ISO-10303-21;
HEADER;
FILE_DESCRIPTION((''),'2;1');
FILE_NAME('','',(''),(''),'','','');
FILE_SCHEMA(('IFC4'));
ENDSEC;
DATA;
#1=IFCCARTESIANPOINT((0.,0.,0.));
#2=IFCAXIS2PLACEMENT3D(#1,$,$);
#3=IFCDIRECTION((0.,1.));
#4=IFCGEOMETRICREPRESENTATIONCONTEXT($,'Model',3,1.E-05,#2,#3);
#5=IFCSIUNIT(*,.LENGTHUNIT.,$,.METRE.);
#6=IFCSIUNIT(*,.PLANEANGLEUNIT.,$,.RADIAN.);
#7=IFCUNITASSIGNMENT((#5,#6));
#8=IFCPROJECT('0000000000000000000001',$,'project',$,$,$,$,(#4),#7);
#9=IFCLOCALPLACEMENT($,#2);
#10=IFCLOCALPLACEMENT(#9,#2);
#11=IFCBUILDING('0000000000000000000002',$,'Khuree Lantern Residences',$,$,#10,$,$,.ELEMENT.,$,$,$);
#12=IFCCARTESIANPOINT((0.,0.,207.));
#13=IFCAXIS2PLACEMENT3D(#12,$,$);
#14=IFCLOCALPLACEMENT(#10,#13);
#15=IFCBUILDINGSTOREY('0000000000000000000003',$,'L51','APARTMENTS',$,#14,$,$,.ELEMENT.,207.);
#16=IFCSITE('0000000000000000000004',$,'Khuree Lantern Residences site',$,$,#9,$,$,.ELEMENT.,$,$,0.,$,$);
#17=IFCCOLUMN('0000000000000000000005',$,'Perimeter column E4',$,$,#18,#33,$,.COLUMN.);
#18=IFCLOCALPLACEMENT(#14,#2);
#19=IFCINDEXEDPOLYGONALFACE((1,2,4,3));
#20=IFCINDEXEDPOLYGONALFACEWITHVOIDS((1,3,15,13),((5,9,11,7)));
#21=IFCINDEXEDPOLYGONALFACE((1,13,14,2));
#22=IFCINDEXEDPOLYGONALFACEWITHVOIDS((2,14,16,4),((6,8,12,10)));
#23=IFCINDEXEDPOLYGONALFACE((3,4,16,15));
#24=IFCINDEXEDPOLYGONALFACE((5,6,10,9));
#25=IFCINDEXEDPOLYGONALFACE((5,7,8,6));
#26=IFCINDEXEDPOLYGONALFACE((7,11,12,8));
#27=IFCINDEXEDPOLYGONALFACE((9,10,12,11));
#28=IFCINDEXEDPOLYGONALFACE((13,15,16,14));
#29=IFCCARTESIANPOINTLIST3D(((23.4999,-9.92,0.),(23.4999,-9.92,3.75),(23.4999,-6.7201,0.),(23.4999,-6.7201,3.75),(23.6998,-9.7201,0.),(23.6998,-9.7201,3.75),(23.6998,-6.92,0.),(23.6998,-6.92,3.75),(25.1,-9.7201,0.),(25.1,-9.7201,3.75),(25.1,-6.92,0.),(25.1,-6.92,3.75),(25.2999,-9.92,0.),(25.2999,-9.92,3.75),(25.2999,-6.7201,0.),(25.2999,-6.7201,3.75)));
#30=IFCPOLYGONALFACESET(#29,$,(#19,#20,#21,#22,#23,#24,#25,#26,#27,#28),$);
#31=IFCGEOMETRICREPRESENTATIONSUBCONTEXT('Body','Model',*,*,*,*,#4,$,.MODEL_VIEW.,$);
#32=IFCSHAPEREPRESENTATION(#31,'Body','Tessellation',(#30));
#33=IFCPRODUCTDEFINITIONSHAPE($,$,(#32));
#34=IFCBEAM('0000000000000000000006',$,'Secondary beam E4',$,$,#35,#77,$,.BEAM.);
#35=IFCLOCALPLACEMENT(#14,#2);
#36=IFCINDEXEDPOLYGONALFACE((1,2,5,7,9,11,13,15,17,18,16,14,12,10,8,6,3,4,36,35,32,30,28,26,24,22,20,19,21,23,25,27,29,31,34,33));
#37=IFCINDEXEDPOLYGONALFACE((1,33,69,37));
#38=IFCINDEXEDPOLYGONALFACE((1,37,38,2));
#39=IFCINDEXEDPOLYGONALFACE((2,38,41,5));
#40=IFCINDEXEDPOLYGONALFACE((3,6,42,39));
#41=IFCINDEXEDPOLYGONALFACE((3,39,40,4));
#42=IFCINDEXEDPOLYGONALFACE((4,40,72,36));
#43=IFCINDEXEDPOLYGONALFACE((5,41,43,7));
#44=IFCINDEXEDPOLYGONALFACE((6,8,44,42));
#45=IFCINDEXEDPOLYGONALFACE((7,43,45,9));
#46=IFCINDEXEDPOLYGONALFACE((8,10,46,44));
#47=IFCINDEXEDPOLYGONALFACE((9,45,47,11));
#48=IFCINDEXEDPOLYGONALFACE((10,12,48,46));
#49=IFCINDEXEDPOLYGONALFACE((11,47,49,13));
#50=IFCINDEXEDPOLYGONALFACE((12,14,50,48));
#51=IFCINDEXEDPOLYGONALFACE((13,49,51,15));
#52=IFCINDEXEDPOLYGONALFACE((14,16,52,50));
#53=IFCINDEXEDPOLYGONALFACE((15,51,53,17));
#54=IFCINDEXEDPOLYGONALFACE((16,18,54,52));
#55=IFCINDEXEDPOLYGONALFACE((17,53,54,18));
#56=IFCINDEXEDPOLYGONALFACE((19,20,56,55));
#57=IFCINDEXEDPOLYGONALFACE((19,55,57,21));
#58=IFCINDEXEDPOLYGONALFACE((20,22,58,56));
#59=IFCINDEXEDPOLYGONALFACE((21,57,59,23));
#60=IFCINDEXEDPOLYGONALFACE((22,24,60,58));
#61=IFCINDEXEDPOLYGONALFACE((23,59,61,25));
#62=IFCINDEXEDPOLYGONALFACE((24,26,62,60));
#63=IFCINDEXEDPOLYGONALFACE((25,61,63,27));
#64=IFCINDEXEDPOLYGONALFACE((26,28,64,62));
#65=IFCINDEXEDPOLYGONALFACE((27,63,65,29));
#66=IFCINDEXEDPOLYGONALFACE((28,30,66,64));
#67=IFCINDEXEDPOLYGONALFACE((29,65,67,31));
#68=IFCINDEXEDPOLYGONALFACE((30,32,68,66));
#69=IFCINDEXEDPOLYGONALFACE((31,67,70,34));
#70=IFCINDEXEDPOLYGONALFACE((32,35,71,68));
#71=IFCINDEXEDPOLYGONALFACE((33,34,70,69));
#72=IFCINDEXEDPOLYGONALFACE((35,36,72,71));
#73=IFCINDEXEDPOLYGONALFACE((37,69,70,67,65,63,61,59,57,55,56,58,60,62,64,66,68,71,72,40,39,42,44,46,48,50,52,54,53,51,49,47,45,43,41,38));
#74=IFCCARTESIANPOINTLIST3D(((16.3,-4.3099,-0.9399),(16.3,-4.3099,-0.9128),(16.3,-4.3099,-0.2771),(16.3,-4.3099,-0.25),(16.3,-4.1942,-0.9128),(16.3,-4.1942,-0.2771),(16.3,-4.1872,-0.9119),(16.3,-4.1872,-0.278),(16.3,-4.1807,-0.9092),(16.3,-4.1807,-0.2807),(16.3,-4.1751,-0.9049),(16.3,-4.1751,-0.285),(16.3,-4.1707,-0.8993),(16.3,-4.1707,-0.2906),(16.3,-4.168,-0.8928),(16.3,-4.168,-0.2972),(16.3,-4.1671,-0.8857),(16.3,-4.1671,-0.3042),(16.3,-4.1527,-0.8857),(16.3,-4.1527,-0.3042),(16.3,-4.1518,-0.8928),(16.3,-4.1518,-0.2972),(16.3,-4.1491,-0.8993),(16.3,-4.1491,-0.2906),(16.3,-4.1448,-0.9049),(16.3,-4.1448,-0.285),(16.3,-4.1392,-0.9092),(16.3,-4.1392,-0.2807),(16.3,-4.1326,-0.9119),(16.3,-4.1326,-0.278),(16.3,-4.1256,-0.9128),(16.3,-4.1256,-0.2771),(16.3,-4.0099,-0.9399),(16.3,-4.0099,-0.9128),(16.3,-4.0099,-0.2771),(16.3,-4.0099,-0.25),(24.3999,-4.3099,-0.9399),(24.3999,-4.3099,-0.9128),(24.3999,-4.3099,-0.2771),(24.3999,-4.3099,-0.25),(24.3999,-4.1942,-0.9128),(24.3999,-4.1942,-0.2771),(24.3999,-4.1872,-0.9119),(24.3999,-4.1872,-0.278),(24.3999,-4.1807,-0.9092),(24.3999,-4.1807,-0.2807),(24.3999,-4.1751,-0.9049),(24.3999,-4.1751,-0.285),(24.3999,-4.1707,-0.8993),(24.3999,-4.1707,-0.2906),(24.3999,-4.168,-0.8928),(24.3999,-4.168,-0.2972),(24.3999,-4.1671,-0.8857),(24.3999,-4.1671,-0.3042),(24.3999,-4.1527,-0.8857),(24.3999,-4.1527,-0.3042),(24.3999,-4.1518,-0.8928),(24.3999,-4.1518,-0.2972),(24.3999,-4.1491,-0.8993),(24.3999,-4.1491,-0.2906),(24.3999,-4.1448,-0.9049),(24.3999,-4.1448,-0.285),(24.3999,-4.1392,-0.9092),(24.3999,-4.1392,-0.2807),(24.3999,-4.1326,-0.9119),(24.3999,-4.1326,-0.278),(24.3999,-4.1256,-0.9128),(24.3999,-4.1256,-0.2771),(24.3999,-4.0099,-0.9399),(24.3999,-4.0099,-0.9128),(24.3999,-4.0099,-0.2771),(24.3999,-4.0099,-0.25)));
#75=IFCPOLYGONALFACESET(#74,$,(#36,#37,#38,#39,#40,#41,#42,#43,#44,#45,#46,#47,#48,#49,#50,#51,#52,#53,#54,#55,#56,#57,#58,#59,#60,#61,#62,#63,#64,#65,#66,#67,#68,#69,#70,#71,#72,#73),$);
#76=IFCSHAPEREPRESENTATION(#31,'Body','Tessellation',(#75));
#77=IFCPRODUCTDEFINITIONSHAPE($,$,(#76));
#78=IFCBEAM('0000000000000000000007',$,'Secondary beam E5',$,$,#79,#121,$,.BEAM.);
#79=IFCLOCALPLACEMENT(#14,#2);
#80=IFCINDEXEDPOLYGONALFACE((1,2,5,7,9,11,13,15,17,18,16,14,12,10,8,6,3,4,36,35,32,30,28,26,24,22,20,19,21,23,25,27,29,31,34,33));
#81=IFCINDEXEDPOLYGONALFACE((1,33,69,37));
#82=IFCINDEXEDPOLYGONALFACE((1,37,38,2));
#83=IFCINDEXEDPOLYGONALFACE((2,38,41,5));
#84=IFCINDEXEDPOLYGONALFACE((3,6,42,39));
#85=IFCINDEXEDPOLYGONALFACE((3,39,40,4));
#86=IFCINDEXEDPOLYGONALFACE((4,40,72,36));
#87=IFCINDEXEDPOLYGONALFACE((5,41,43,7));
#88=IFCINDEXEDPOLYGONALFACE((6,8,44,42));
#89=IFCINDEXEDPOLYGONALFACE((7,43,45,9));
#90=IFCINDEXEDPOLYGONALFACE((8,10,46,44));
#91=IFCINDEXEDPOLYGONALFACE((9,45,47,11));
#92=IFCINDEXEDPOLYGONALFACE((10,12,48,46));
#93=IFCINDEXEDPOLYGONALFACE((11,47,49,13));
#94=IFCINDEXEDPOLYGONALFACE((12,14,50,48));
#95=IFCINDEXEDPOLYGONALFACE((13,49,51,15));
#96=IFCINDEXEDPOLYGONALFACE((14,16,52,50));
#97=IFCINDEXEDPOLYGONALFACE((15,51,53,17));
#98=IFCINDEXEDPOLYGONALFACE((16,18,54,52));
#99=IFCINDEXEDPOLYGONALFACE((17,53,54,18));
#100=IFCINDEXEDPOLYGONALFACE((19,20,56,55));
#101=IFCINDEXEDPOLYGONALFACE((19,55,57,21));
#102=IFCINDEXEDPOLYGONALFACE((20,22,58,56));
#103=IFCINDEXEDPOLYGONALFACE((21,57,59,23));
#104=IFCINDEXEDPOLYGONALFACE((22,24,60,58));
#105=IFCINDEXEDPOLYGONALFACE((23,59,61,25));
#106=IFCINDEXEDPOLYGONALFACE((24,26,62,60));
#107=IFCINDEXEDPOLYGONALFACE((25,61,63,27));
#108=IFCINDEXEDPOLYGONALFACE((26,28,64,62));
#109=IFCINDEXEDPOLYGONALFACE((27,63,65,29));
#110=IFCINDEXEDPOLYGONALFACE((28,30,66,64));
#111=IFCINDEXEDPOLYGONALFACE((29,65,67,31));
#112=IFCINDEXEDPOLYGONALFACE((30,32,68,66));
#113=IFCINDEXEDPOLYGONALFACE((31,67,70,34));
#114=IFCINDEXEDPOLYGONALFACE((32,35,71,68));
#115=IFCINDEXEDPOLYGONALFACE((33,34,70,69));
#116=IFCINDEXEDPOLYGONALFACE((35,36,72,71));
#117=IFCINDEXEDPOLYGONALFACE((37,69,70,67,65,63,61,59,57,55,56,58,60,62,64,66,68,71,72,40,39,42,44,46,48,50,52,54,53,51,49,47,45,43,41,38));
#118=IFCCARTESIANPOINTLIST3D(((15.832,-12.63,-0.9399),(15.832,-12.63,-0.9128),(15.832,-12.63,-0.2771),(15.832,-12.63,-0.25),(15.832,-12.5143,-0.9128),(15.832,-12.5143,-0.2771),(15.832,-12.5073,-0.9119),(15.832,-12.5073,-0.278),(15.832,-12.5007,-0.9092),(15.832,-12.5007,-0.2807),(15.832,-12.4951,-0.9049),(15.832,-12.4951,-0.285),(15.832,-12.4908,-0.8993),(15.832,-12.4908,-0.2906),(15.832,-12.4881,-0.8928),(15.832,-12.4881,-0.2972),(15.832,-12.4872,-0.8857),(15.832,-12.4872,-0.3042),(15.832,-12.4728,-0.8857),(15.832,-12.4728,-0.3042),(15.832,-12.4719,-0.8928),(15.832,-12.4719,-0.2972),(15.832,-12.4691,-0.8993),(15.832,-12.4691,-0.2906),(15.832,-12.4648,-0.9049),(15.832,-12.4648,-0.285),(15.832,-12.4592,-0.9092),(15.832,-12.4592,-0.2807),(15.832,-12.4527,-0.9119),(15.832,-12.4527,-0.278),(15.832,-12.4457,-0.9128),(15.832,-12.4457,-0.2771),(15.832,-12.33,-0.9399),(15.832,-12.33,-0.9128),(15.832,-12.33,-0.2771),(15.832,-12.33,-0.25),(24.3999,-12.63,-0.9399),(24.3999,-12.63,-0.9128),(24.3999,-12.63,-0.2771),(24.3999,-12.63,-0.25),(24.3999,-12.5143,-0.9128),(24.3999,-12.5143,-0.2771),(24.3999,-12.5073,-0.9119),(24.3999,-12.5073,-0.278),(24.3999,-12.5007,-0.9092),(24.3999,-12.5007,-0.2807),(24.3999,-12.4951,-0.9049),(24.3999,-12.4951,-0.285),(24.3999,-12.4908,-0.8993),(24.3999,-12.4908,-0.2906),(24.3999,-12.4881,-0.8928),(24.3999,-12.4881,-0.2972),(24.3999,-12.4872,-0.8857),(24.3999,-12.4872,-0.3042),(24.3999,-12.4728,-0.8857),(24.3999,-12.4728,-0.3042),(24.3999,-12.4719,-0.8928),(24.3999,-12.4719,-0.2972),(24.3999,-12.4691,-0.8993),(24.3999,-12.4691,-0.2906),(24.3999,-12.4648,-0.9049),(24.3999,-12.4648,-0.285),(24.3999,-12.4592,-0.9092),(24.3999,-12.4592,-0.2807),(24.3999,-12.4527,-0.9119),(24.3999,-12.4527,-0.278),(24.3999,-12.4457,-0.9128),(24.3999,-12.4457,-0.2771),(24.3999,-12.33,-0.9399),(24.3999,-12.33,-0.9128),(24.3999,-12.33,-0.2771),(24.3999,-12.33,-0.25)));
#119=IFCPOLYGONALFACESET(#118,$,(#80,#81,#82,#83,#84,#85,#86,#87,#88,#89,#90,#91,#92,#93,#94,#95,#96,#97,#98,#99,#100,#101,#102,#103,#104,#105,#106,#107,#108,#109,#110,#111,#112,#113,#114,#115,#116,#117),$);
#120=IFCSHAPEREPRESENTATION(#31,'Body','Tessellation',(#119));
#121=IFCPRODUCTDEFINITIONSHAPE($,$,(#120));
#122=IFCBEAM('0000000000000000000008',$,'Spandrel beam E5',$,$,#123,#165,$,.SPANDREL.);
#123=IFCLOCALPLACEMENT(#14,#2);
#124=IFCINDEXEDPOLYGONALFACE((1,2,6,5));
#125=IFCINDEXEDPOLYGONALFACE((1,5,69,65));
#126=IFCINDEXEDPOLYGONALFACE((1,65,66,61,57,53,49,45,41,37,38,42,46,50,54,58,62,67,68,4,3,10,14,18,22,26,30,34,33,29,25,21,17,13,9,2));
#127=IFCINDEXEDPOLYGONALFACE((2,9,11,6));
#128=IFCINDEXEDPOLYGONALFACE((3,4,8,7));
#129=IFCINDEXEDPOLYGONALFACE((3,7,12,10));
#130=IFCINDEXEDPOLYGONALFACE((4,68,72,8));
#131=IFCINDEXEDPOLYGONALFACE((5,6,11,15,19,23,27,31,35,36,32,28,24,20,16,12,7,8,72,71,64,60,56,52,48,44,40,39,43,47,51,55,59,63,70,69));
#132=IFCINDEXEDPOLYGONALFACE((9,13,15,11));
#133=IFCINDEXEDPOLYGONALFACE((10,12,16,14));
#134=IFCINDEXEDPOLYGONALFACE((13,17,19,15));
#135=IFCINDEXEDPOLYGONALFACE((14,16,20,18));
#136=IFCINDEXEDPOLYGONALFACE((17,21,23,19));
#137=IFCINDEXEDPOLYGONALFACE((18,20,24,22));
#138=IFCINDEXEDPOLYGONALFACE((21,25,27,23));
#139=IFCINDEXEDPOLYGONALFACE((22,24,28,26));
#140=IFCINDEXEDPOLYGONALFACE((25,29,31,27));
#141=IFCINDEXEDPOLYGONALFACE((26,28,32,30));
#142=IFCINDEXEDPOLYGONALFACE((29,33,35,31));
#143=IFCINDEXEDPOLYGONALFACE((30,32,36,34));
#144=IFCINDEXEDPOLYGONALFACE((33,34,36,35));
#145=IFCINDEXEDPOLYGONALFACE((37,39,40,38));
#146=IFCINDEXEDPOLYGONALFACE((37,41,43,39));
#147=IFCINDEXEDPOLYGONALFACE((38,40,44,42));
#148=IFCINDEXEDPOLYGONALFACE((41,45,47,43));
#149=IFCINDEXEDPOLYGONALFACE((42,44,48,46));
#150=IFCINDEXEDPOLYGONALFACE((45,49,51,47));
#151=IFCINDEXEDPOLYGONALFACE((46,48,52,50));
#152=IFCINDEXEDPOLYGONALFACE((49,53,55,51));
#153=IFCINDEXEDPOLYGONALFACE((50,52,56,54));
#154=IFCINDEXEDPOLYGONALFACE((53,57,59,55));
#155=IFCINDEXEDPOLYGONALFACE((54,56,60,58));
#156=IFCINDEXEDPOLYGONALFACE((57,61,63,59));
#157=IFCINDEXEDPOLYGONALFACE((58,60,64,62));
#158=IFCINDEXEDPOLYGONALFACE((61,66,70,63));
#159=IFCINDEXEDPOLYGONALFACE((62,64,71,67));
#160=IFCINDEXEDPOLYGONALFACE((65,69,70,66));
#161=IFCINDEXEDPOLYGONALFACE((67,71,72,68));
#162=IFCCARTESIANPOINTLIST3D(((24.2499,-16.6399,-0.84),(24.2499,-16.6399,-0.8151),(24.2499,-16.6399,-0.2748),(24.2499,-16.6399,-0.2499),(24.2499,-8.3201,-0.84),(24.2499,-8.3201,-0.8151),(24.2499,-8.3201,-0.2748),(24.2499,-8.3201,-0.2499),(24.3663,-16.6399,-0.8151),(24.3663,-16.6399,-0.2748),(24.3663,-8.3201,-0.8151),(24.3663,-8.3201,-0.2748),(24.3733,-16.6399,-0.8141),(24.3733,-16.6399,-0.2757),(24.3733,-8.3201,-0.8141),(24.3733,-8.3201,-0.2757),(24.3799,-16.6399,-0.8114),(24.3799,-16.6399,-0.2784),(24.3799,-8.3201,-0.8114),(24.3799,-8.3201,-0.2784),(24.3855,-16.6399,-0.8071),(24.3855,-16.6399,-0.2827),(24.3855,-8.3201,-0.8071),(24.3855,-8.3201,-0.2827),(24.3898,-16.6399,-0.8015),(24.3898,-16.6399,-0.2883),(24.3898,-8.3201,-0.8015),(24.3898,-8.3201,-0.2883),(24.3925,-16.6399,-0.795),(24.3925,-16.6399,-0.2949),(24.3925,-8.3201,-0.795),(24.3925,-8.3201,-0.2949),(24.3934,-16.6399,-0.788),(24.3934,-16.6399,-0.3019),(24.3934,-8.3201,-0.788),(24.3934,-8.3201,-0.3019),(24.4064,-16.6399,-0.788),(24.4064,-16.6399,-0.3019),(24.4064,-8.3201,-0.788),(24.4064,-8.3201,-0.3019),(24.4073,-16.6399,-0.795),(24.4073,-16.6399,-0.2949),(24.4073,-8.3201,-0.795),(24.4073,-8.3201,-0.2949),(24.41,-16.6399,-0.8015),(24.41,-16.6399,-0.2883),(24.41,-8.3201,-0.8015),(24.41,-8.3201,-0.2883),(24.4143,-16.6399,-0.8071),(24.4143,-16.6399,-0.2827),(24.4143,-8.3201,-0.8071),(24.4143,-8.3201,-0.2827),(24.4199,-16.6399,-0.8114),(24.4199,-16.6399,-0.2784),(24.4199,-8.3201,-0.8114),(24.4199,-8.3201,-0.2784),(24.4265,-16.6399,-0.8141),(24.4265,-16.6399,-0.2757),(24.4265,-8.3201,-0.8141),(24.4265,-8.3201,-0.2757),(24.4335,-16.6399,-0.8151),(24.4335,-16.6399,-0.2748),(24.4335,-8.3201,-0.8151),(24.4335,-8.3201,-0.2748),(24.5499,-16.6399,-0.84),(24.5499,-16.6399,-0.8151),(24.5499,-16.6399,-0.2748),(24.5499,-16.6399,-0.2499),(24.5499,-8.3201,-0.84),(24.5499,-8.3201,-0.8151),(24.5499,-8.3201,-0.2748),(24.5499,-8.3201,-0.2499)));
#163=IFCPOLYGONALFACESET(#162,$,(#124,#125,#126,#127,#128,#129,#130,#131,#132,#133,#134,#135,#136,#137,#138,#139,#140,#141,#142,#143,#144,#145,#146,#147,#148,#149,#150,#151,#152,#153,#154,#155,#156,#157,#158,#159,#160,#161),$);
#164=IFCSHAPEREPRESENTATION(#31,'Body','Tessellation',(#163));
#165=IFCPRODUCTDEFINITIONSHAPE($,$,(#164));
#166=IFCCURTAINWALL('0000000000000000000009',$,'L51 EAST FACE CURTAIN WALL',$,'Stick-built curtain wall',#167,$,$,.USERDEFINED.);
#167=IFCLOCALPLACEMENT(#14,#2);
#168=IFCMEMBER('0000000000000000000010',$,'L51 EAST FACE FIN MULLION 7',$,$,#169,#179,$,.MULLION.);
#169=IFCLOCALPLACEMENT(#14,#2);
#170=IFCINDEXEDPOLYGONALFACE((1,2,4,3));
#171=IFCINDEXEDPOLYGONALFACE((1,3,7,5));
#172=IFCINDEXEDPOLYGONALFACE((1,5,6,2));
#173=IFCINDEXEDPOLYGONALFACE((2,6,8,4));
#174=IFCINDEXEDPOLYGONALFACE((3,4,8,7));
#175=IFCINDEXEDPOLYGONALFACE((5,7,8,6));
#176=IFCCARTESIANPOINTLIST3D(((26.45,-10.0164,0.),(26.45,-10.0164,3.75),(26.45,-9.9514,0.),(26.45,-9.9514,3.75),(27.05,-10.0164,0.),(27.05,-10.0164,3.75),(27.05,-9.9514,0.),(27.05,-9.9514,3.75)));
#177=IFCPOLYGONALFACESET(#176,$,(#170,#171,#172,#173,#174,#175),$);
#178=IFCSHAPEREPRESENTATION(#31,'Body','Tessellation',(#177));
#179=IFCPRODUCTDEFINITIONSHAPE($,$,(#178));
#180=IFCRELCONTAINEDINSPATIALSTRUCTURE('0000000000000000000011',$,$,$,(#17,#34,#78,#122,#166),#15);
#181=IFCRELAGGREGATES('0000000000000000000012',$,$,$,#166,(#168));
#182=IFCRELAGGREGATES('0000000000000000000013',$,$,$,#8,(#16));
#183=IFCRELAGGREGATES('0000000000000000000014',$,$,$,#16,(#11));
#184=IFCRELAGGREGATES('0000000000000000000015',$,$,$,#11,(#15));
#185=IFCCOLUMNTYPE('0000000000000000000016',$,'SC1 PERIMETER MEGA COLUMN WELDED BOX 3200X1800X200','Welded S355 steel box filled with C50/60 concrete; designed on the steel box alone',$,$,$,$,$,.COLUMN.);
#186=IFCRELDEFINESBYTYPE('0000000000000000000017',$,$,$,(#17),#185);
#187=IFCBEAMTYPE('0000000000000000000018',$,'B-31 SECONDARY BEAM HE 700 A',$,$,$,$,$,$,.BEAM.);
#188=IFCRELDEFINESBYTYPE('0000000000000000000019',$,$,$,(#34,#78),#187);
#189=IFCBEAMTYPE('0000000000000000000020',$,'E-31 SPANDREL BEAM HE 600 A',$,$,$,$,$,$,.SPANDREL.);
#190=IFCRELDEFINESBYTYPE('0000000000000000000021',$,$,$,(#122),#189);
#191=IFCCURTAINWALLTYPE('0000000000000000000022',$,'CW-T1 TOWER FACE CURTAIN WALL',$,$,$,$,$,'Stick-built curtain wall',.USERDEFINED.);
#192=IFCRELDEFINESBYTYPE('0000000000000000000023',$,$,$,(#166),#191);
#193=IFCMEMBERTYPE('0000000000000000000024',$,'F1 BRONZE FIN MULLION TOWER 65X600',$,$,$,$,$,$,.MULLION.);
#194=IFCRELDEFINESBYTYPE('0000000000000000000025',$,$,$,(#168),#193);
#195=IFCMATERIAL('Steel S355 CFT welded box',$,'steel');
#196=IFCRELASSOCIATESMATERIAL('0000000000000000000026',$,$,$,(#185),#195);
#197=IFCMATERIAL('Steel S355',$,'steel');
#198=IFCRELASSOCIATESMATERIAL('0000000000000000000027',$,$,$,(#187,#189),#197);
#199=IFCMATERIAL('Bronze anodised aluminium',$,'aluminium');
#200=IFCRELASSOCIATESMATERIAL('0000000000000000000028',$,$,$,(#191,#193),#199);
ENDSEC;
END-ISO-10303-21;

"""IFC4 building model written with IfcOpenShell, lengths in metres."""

from ifc_helpers import new_model, si_unit, direction, frame, origin, origin_2d, place, context, subcontext, project, spatial, rectangle, hollow_rectangle, i_section, extrude, material, material_profile, profile_set, type_object, element, aggregate, save


model = new_model("IFC4")

# Units and contexts
model_context = context("Model", 3, precision=1e-05, world=origin(), true_north=direction((0.0, 1.0)))
body_context = subcontext(model_context, "Body", "Model", "MODEL_VIEW")
ifc_project = project(units=[si_unit("LENGTHUNIT", "METRE"), si_unit("PLANEANGLEUNIT", "RADIAN")], contexts=[model_context])

# Site, building, storey
site_placement = place(None, origin())
site = spatial("IfcSite", under=ifc_project, at=site_placement, Name="Khuree Lantern Residences site", CompositionType="ELEMENT", RefElevation=0.0)
building_placement = place(site_placement, origin())
building = spatial("IfcBuilding", under=site, at=building_placement, Name="Khuree Lantern Residences", CompositionType="ELEMENT")
storey_placement = place(building_placement, frame((0.0, 0.0, 207.0)))
storey = spatial("IfcBuildingStorey", under=building, at=storey_placement, Name="L51", Description="APARTMENTS", CompositionType="ELEMENT", Elevation=207.0)

# Column
ifc_material_1 = material(Name="Steel S355 CFT welded box", Category="steel")
ifc_material_profile_1 = material_profile(ifc_material_1, hollow_rectangle(XDim=3.2, YDim=1.8, WallThickness=0.2, at=origin_2d()), Name="WELDED BOX 3200X1800X200")
ifc_profile_set_1 = profile_set([ifc_material_profile_1], Name="Steel S355 CFT welded box")
column_type = type_object("IfcColumnType", Name="SC1 PERIMETER MEGA COLUMN WELDED BOX 3200X1800X200", Description="Welded S355 steel box filled with C50/60 concrete; designed on the steel box alone", PredefinedType="COLUMN", material=ifc_profile_set_1)
column_placement = place(storey_placement, frame((24.3999, -8.3201, 0.0), z_axis=(0.0, 0.0, 1.0), x_axis=(0.0, 1.0, 0.0)))
element("IfcColumn", 1, at=column_placement, inside=storey, type_object=column_type, Name="Perimeter column E4", PredefinedType="COLUMN", context=body_context, shape_type="SweptSolid", body=[
    extrude(hollow_rectangle(XDim=3.2, YDim=1.8, WallThickness=0.2, at=origin_2d()), origin(), (0.0, 0.0, 1.0), 3.75),
])

# Beams
ifc_material_2 = material(Name="Steel S355", Category="steel")
ifc_material_profile_2 = material_profile(ifc_material_2, i_section(OverallWidth=0.3, OverallDepth=0.6899, WebThickness=0.0144, FlangeThickness=0.0271, FilletRadius=0.0271, at=origin_2d()), Name="HE 700 A")
ifc_profile_set_2 = profile_set([ifc_material_profile_2], Name="Steel S355")
beam_type_1 = type_object("IfcBeamType", Name="B-31 SECONDARY BEAM HE 700 A", PredefinedType="BEAM", material=ifc_profile_set_2)
beam_1_placement = place(storey_placement, frame((24.3999, -4.1599, -0.595), z_axis=(-1.0, 0.0, 0.0), x_axis=(0.0, -1.0, 0.0)))
element("IfcBeam", 2, at=beam_1_placement, inside=storey, type_object=beam_type_1, Name="Secondary beam E4", PredefinedType="BEAM", context=body_context, shape_type="SweptSolid", body=[
    extrude(i_section(OverallWidth=0.3, OverallDepth=0.6899, WebThickness=0.0144, FlangeThickness=0.0271, FilletRadius=0.0271, at=origin_2d()), origin(), (0.0, 0.0, 1.0), 8.0999),
])
beam_2_placement = place(storey_placement, frame((24.3999, -12.48, -0.595), z_axis=(-1.0, 0.0, 0.0), x_axis=(0.0, -1.0, 0.0)))
element("IfcBeam", 3, at=beam_2_placement, inside=storey, type_object=beam_type_1, Name="Secondary beam E5", PredefinedType="BEAM", context=body_context, shape_type="SweptSolid", body=[
    extrude(i_section(OverallWidth=0.3, OverallDepth=0.6899, WebThickness=0.0144, FlangeThickness=0.0271, FilletRadius=0.0271, at=origin_2d()), origin(), (0.0, 0.0, 1.0), 8.5679),
])
ifc_material_profile_3 = material_profile(ifc_material_2, i_section(OverallWidth=0.3, OverallDepth=0.5901, WebThickness=0.0129, FlangeThickness=0.0249, FilletRadius=0.0271, at=origin_2d()), Name="HE 600 A")
ifc_profile_set_3 = profile_set([ifc_material_profile_3], Name="Steel S355")
beam_type_2 = type_object("IfcBeamType", Name="E-31 SPANDREL BEAM HE 600 A", PredefinedType="SPANDREL", material=ifc_profile_set_3)
beam_3_placement = place(storey_placement, frame((24.3999, -8.3201, -0.5449), z_axis=(0.0, -1.0, 0.0), x_axis=(1.0, 0.0, 0.0)))
element("IfcBeam", 4, at=beam_3_placement, inside=storey, type_object=beam_type_2, Name="Spandrel beam E5", PredefinedType="SPANDREL", context=body_context, shape_type="SweptSolid", body=[
    extrude(i_section(OverallWidth=0.3, OverallDepth=0.5901, WebThickness=0.0129, FlangeThickness=0.0249, FilletRadius=0.0271, at=origin_2d()), origin(), (0.0, 0.0, 1.0), 8.3198),
])

# Curtain wall, member
ifc_material_3 = material(Name="Bronze anodised aluminium", Category="aluminium")
curtain_wall_type = type_object("IfcCurtainWallType", Name="CW-T1 TOWER FACE CURTAIN WALL", ElementType="Stick-built curtain wall", PredefinedType="USERDEFINED", material=ifc_material_3)
curtain_wall_placement = place(storey_placement, origin())
curtain_wall = element("IfcCurtainWall", 5, at=curtain_wall_placement, inside=storey, type_object=curtain_wall_type, Name="L51 EAST FACE CURTAIN WALL", ObjectType="Stick-built curtain wall", PredefinedType="USERDEFINED")
ifc_material_profile_4 = material_profile(ifc_material_3, rectangle(XDim=0.0649, YDim=0.6001, at=origin_2d()), Name="F1 65X600")
ifc_profile_set_4 = profile_set([ifc_material_profile_4], Name="Bronze anodised aluminium")
member_type_1 = type_object("IfcMemberType", Name="F1 BRONZE FIN MULLION TOWER 65X600", PredefinedType="MULLION", material=ifc_profile_set_4)
member_1_placement = place(storey_placement, frame((26.75, -9.9839, 0.0), z_axis=(0.0, 0.0, 1.0), x_axis=(0.0, 1.0, 0.0)))
member_1 = element("IfcMember", 6, at=member_1_placement, type_object=member_type_1, Name="L51 EAST FACE FIN MULLION 7", PredefinedType="MULLION", context=body_context, shape_type="SweptSolid", body=[
    extrude(rectangle(XDim=0.0649, YDim=0.6001, at=origin_2d()), origin(), (0.0, 0.0, 1.0), 3.75),
])

aggregate(curtain_wall, [member_1])

save(model, "model.ifc")
